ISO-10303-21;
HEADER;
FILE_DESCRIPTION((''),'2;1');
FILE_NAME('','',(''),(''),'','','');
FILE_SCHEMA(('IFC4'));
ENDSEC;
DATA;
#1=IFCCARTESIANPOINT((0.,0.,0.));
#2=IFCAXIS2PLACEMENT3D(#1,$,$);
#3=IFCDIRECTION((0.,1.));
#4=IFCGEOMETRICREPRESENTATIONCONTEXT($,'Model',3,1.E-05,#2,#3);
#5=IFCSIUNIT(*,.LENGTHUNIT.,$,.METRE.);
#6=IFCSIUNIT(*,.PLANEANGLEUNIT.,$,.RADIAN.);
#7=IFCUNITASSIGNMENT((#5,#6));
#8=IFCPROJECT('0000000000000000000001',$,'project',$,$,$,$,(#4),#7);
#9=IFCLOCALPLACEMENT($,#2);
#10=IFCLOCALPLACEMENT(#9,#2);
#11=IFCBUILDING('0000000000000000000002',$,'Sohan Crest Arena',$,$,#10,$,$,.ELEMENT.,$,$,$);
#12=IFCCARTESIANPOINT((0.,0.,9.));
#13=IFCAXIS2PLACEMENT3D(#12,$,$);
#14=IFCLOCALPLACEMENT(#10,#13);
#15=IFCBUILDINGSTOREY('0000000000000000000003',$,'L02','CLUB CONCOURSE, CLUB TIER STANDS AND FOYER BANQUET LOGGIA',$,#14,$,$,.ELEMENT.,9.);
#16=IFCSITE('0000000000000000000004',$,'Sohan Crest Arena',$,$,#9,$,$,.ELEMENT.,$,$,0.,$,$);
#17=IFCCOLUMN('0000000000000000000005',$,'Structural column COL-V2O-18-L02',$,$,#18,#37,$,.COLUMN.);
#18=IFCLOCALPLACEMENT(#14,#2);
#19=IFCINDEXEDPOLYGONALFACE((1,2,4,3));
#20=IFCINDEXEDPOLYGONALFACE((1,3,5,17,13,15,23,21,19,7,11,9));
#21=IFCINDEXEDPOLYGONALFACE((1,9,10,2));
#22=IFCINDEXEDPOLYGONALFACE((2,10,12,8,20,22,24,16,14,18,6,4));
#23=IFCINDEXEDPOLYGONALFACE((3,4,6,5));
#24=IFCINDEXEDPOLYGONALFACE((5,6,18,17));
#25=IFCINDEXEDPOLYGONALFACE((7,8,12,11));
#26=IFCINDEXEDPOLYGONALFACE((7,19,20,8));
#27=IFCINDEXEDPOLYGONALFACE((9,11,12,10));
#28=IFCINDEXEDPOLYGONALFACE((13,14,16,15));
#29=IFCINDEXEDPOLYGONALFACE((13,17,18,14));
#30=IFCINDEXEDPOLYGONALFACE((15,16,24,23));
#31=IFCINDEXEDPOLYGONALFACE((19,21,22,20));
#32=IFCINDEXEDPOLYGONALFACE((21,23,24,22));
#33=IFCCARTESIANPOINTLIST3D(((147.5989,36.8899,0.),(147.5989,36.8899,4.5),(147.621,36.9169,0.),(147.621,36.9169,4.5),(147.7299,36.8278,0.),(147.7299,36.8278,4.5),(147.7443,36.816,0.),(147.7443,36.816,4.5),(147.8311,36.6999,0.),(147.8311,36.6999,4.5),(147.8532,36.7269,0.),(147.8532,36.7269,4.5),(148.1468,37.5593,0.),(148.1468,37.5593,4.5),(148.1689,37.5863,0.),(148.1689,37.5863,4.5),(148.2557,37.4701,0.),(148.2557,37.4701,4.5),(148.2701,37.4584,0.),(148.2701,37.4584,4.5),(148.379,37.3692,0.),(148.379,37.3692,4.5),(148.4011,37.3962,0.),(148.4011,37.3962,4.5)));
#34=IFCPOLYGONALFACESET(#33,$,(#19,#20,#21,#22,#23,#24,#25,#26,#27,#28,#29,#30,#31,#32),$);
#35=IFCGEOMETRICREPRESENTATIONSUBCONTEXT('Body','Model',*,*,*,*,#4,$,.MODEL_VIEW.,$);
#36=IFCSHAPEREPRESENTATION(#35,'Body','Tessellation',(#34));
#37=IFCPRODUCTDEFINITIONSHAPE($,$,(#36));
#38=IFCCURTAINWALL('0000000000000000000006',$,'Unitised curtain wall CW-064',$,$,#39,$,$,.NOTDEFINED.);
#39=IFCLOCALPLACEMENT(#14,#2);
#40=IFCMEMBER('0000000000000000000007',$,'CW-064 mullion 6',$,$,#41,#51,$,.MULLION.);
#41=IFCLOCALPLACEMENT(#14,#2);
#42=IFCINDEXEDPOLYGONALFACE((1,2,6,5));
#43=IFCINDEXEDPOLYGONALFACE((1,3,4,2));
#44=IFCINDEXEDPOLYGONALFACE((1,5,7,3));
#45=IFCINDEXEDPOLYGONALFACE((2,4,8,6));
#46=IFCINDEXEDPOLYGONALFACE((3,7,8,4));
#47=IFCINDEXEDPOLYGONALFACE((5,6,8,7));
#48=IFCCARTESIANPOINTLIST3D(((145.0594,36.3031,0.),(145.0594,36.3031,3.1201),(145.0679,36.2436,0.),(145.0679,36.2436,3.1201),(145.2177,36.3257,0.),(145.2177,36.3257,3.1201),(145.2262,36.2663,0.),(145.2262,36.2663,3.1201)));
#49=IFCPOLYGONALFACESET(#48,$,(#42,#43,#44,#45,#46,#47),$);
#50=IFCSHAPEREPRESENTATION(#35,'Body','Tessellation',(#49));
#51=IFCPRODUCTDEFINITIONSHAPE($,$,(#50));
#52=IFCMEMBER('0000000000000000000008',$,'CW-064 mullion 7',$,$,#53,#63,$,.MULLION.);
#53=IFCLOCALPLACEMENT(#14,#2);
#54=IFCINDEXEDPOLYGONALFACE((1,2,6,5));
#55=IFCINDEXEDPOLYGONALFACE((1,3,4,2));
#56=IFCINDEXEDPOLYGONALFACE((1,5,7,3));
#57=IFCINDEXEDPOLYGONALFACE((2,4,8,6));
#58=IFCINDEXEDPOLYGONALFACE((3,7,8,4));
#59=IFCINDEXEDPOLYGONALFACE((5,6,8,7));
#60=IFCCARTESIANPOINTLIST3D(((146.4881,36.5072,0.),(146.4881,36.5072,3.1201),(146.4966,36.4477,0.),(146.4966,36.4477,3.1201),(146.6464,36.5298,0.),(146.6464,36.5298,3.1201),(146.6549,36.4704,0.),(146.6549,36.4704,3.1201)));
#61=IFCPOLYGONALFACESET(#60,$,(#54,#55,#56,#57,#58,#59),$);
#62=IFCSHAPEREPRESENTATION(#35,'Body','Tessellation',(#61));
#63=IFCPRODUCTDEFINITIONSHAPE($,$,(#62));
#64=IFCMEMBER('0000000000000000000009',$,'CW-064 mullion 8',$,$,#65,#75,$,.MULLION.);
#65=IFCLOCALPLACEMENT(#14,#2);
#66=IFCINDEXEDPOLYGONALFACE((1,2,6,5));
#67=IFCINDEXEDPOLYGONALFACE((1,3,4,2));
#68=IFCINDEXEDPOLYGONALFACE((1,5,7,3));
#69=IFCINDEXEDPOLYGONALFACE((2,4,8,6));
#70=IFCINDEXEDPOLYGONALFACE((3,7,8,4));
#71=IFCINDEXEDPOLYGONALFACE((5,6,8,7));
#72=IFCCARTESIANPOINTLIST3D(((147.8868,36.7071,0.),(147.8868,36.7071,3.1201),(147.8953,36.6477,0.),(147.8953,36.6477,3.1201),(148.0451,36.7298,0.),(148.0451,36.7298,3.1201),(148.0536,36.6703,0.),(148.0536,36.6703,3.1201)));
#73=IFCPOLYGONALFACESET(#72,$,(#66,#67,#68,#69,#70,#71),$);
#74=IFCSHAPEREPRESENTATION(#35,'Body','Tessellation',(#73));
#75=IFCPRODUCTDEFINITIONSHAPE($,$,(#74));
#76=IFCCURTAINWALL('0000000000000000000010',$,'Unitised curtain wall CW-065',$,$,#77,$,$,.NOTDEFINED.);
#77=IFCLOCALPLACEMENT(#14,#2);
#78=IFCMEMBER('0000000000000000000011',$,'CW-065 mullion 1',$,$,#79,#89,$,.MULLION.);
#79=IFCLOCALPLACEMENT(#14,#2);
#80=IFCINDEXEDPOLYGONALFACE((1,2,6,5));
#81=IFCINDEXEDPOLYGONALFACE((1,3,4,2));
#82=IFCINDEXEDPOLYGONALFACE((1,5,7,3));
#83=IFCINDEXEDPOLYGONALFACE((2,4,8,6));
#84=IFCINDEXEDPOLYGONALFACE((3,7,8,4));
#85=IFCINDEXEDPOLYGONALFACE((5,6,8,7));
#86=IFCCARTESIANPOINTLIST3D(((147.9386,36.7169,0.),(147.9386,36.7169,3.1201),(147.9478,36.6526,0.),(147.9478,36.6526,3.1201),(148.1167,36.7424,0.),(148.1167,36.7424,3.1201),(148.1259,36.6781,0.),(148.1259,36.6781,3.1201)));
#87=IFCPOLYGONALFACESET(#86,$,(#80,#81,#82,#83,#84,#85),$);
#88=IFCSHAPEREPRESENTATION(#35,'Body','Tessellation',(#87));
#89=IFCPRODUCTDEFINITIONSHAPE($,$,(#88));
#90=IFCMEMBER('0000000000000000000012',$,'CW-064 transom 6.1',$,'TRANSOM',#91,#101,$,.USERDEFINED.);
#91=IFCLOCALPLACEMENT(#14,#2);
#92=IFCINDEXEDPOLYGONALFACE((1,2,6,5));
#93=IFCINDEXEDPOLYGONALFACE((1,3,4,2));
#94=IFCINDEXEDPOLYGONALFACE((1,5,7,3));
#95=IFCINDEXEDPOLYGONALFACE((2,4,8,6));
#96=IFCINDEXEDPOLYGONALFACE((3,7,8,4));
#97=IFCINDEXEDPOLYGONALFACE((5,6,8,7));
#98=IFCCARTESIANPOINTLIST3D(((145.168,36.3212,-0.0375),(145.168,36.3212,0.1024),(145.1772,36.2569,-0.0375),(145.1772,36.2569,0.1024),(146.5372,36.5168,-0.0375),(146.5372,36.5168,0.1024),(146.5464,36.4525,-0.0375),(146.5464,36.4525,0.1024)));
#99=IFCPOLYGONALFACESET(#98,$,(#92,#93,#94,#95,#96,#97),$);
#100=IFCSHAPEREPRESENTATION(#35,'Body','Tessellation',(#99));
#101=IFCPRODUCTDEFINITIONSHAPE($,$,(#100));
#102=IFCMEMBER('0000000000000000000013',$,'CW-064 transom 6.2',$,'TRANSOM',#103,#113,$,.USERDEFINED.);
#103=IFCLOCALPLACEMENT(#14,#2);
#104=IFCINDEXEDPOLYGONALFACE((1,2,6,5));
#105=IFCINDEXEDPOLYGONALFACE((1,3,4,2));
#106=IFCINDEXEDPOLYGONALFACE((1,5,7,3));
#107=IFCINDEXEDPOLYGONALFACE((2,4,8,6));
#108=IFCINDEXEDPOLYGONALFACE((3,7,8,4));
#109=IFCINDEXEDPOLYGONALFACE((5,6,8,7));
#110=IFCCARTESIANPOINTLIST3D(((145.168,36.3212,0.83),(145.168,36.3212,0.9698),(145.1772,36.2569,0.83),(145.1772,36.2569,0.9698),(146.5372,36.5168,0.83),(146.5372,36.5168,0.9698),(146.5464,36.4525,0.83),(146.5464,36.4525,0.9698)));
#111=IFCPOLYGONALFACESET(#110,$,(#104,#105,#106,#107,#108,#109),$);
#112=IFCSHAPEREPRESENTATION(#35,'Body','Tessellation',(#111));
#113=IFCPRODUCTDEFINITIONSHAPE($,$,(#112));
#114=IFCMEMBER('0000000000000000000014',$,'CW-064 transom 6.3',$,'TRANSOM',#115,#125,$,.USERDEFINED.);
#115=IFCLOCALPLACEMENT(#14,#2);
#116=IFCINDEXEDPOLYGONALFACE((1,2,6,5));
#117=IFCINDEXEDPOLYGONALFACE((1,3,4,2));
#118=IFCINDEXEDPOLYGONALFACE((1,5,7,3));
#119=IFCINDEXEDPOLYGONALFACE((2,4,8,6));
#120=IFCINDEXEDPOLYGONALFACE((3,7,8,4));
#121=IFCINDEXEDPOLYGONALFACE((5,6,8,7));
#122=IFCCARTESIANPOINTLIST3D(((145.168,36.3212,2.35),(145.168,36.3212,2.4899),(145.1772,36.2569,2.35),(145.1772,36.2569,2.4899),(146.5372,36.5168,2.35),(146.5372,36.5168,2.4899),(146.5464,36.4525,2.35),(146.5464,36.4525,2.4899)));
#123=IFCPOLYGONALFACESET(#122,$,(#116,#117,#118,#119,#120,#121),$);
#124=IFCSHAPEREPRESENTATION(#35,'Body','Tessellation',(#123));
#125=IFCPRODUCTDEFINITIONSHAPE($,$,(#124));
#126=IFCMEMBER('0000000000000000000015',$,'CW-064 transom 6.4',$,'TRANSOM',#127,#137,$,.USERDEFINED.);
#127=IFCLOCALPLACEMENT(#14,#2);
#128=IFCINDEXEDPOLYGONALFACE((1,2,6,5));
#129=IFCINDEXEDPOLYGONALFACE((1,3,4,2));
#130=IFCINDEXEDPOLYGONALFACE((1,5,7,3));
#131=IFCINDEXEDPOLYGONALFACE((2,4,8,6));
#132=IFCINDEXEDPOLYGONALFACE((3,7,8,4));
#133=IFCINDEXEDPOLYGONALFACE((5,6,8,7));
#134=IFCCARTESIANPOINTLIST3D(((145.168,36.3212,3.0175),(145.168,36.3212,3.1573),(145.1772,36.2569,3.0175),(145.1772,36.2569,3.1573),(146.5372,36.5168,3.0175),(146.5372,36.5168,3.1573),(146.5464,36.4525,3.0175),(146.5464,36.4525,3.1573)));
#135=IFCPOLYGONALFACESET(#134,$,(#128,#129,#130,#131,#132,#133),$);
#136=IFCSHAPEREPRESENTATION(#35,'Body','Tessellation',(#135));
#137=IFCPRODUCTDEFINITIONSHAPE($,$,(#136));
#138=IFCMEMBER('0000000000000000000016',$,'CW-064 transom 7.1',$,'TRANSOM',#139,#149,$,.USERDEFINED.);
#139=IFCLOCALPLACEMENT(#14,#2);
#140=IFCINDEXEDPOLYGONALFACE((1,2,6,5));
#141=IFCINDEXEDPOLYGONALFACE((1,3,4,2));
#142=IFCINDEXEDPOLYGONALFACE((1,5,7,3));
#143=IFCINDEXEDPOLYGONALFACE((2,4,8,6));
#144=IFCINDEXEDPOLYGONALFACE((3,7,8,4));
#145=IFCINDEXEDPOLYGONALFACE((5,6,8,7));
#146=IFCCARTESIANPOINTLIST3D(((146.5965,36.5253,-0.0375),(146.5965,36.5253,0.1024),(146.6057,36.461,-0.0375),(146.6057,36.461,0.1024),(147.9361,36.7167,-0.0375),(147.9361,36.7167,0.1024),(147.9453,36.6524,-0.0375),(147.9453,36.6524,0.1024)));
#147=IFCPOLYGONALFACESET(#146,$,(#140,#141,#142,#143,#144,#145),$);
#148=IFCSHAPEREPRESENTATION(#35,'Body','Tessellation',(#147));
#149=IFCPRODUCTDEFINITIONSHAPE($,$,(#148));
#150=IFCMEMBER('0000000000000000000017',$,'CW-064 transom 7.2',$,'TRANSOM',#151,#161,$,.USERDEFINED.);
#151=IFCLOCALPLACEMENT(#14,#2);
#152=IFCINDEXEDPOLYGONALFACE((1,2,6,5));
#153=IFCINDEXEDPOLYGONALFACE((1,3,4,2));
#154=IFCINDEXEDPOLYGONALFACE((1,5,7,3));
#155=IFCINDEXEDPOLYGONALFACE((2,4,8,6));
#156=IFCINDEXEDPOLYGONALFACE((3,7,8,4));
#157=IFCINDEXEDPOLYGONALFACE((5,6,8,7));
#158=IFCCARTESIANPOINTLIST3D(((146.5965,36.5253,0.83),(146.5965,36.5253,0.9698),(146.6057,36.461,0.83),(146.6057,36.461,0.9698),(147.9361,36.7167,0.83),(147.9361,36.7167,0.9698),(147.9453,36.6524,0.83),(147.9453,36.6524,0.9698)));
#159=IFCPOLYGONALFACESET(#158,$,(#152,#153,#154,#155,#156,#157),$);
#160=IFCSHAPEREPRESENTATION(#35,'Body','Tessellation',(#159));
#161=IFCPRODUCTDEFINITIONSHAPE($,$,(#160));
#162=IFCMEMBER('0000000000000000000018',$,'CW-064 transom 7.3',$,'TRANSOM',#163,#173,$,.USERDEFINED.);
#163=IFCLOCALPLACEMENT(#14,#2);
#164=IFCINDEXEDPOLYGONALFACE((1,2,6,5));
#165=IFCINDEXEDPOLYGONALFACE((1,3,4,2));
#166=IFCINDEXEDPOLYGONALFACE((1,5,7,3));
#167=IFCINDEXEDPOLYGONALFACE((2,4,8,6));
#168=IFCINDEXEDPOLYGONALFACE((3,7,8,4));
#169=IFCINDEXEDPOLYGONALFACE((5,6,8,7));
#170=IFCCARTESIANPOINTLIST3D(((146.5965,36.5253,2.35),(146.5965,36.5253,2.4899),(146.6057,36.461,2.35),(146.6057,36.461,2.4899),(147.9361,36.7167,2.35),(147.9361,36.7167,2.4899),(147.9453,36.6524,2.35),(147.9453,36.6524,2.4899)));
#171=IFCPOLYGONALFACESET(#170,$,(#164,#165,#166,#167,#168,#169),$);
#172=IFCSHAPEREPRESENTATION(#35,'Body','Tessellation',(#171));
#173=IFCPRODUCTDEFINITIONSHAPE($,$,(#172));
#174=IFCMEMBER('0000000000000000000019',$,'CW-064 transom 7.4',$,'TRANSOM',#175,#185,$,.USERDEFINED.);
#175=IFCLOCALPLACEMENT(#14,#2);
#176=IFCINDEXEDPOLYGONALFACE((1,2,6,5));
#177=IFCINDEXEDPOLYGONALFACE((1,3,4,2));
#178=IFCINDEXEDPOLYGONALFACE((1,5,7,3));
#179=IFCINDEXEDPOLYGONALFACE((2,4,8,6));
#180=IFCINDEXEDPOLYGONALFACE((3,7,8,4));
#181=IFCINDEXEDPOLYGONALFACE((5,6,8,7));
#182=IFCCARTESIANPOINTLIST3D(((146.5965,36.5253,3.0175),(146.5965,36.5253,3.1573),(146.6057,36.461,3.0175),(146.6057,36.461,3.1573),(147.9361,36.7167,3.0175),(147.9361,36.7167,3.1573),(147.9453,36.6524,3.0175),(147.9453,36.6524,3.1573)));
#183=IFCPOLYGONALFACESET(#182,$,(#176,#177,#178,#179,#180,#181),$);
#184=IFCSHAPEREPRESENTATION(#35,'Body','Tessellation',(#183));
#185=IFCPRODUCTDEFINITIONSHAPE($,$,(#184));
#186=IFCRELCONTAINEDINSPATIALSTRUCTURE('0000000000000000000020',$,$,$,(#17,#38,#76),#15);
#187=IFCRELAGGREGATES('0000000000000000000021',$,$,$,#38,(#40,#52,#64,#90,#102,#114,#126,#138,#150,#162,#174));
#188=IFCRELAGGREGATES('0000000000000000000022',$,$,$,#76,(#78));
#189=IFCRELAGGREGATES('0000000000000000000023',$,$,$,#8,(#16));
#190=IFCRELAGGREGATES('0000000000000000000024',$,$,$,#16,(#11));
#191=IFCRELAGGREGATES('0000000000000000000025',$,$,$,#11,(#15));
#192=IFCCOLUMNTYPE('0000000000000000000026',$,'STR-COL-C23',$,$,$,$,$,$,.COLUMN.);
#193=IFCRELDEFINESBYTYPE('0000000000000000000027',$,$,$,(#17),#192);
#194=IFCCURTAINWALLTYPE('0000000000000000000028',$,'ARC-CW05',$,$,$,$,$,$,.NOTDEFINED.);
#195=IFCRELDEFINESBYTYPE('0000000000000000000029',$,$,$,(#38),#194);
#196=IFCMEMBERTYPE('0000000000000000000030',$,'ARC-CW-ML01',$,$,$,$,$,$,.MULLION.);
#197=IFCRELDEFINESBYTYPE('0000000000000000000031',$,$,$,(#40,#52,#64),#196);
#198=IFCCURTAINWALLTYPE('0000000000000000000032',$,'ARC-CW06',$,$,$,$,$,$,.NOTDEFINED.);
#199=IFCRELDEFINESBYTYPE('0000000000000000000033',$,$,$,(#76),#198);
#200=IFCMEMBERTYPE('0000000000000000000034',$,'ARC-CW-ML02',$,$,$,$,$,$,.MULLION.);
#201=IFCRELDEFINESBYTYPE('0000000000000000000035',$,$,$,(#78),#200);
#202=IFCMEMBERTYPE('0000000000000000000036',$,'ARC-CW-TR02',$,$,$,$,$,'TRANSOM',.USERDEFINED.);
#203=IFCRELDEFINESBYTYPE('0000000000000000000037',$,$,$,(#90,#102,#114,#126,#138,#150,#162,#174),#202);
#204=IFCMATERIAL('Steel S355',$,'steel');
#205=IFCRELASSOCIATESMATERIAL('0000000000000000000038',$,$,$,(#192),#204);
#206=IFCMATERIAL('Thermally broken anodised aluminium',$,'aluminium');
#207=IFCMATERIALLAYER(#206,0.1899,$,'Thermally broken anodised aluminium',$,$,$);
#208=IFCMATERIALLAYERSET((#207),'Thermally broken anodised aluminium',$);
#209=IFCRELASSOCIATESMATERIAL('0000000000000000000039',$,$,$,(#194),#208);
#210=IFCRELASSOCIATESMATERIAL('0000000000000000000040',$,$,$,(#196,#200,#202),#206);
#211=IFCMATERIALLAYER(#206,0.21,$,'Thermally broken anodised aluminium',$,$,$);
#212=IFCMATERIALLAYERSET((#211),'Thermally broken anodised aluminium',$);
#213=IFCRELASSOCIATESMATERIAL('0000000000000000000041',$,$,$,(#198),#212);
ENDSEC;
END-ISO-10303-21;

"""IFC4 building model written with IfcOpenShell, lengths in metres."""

from ifc_helpers import new_model, si_unit, direction, frame, origin, origin_2d, place, context, subcontext, project, spatial, rectangle, i_section, extrude, material, layer, layer_set, material_profile, profile_set, type_object, element, aggregate, save


model = new_model("IFC4")

# Units and contexts
model_context = context("Model", 3, precision=1e-05, world=origin(), true_north=direction((0.0, 1.0)))
body_context = subcontext(model_context, "Body", "Model", "MODEL_VIEW")
ifc_project = project(units=[si_unit("LENGTHUNIT", "METRE"), si_unit("PLANEANGLEUNIT", "RADIAN")], contexts=[model_context])

# Site, building, storey
site_placement = place(None, origin())
site = spatial("IfcSite", under=ifc_project, at=site_placement, Name="Sohan Crest Arena", CompositionType="ELEMENT", RefElevation=0.0)
building_placement = place(site_placement, origin())
building = spatial("IfcBuilding", under=site, at=building_placement, Name="Sohan Crest Arena", CompositionType="ELEMENT")
storey_placement = place(building_placement, frame((0.0, 0.0, 9.0)))
storey = spatial("IfcBuildingStorey", under=building, at=storey_placement, Name="L02", Description="CLUB CONCOURSE, CLUB TIER STANDS AND FOYER BANQUET LOGGIA", CompositionType="ELEMENT", Elevation=9.0)

# Column
ifc_material_1 = material(Name="Steel S355", Category="steel")
ifc_material_profile_1 = material_profile(ifc_material_1, i_section(OverallWidth=0.3, OverallDepth=0.8999, WebThickness=0.0186, FlangeThickness=0.0349, at=origin_2d()), Name="HEB 900")
ifc_profile_set_1 = profile_set([ifc_material_profile_1], Name="Steel S355")
column_type = type_object("IfcColumnType", Name="STR-COL-C23", PredefinedType="COLUMN", material=ifc_profile_set_1)
column_placement = place(storey_placement, frame((148.0, 37.1431, 0.0), z_axis=(0.0, 0.0, 1.0), x_axis=(-0.77384, 0.633381, 0.0)))
element("IfcColumn", 1, at=column_placement, inside=storey, type_object=column_type, Name="Structural column COL-V2O-18-L02", PredefinedType="COLUMN", context=body_context, shape_type="SweptSolid", body=[
    extrude(i_section(OverallWidth=0.3, OverallDepth=0.8999, WebThickness=0.0186, FlangeThickness=0.0349, at=origin_2d()), origin(), (0.0, 0.0, 1.0), 4.5),
])

# Curtain wall, members
ifc_material_2 = material(Name="Thermally broken anodised aluminium", Category="aluminium")
ifc_layer_1 = layer(ifc_material_2, 0.1899, Name="Thermally broken anodised aluminium")
ifc_layer_set_1 = layer_set([ifc_layer_1], Name="Thermally broken anodised aluminium")
curtain_wall_type_1 = type_object("IfcCurtainWallType", Name="ARC-CW05", PredefinedType="NOTDEFINED", material=ifc_layer_set_1)
curtain_wall_1_placement = place(storey_placement, origin())
curtain_wall_1 = element("IfcCurtainWall", 2, at=curtain_wall_1_placement, inside=storey, type_object=curtain_wall_type_1, Name="Unitised curtain wall CW-064", PredefinedType="NOTDEFINED")
ifc_material_profile_2 = material_profile(ifc_material_2, rectangle(XDim=0.0601, YDim=0.1599, at=origin_2d()), Name="ALU-MULL 60x160")
ifc_profile_set_2 = profile_set([ifc_material_profile_2], Name="Thermally broken anodised aluminium")
member_type_1 = type_object("IfcMemberType", Name="ARC-CW-ML01", PredefinedType="MULLION", material=ifc_profile_set_2)
member_1_placement = place(storey_placement, frame((145.1428, 36.2847, 0.0), z_axis=(0.0, 0.0, 1.0), x_axis=(-0.141463, 0.989944, 0.0)))
member_1 = element("IfcMember", 3, at=member_1_placement, type_object=member_type_1, Name="CW-064 mullion 6", PredefinedType="MULLION", context=body_context, shape_type="SweptSolid", body=[
    extrude(rectangle(XDim=0.0601, YDim=0.1599, at=origin_2d()), origin(), (0.0, 0.0, 1.0), 3.1201),
])
member_2_placement = place(storey_placement, frame((146.5715, 36.4888, 0.0), z_axis=(0.0, 0.0, 1.0), x_axis=(-0.141463, 0.989944, 0.0)))
member_2 = element("IfcMember", 4, at=member_2_placement, type_object=member_type_1, Name="CW-064 mullion 7", PredefinedType="MULLION", context=body_context, shape_type="SweptSolid", body=[
    extrude(rectangle(XDim=0.0601, YDim=0.1599, at=origin_2d()), origin(), (0.0, 0.0, 1.0), 3.1201),
])
member_3_placement = place(storey_placement, frame((147.9702, 36.6887, 0.0), z_axis=(0.0, 0.0, 1.0), x_axis=(-0.141463, 0.989944, 0.0)))
member_3 = element("IfcMember", 5, at=member_3_placement, type_object=member_type_1, Name="CW-064 mullion 8", PredefinedType="MULLION", context=body_context, shape_type="SweptSolid", body=[
    extrude(rectangle(XDim=0.0601, YDim=0.1599, at=origin_2d()), origin(), (0.0, 0.0, 1.0), 3.1201),
])

# Curtain wall, member
ifc_layer_2 = layer(ifc_material_2, 0.21, Name="Thermally broken anodised aluminium")
ifc_layer_set_2 = layer_set([ifc_layer_2], Name="Thermally broken anodised aluminium")
curtain_wall_type_2 = type_object("IfcCurtainWallType", Name="ARC-CW06", PredefinedType="NOTDEFINED", material=ifc_layer_set_2)
curtain_wall_2_placement = place(storey_placement, origin())
curtain_wall_2 = element("IfcCurtainWall", 6, at=curtain_wall_2_placement, inside=storey, type_object=curtain_wall_type_2, Name="Unitised curtain wall CW-065", PredefinedType="NOTDEFINED")
ifc_material_profile_3 = material_profile(ifc_material_2, rectangle(XDim=0.0649, YDim=0.1799, at=origin_2d()), Name="ALU-MULL 65x180")
ifc_profile_set_3 = profile_set([ifc_material_profile_3], Name="Thermally broken anodised aluminium")
member_type_2 = type_object("IfcMemberType", Name="ARC-CW-ML02", PredefinedType="MULLION", material=ifc_profile_set_3)
member_4_placement = place(storey_placement, frame((148.0322, 36.6975, 0.0), z_axis=(0.0, 0.0, 1.0), x_axis=(-0.141366, 0.989957, 0.0)))
member_4 = element("IfcMember", 7, at=member_4_placement, type_object=member_type_2, Name="CW-065 mullion 1", PredefinedType="MULLION", context=body_context, shape_type="SweptSolid", body=[
    extrude(rectangle(XDim=0.0649, YDim=0.1799, at=origin_2d()), origin(), (0.0, 0.0, 1.0), 3.1201),
])

# Members
ifc_material_profile_4 = material_profile(ifc_material_2, rectangle(XDim=0.0649, YDim=0.1399, at=origin_2d()), Name="ALU-TRAN 65x140")
ifc_profile_set_4 = profile_set([ifc_material_profile_4], Name="Thermally broken anodised aluminium")
member_type_3 = type_object("IfcMemberType", Name="ARC-CW-TR02", ElementType="TRANSOM", PredefinedType="USERDEFINED", material=ifc_profile_set_4)
member_5_placement = place(storey_placement, frame((145.1726, 36.2891, 0.0325), z_axis=(0.989953, 0.141397, 0.0), x_axis=(-0.141397, 0.989953, 0.0)))
member_5 = element("IfcMember", 8, at=member_5_placement, type_object=member_type_3, Name="CW-064 transom 6.1", ObjectType="TRANSOM", PredefinedType="USERDEFINED", context=body_context, shape_type="SweptSolid", body=[
    extrude(rectangle(XDim=0.0649, YDim=0.1399, at=origin_2d()), origin(), (0.0, 0.0, 1.0), 1.3831),
])
member_6_placement = place(storey_placement, frame((145.1726, 36.2891, 0.8999), z_axis=(0.989953, 0.141397, 0.0), x_axis=(-0.141397, 0.989953, 0.0)))
member_6 = element("IfcMember", 9, at=member_6_placement, type_object=member_type_3, Name="CW-064 transom 6.2", ObjectType="TRANSOM", PredefinedType="USERDEFINED", context=body_context, shape_type="SweptSolid", body=[
    extrude(rectangle(XDim=0.0649, YDim=0.1399, at=origin_2d()), origin(), (0.0, 0.0, 1.0), 1.3831),
])
member_7_placement = place(storey_placement, frame((145.1726, 36.2891, 2.4199), z_axis=(0.989953, 0.141397, 0.0), x_axis=(-0.141397, 0.989953, 0.0)))
member_7 = element("IfcMember", 10, at=member_7_placement, type_object=member_type_3, Name="CW-064 transom 6.3", ObjectType="TRANSOM", PredefinedType="USERDEFINED", context=body_context, shape_type="SweptSolid", body=[
    extrude(rectangle(XDim=0.0649, YDim=0.1399, at=origin_2d()), origin(), (0.0, 0.0, 1.0), 1.3831),
])
member_8_placement = place(storey_placement, frame((145.1726, 36.2891, 3.0874), z_axis=(0.989953, 0.141397, 0.0), x_axis=(-0.141397, 0.989953, 0.0)))
member_8 = element("IfcMember", 11, at=member_8_placement, type_object=member_type_3, Name="CW-064 transom 6.4", ObjectType="TRANSOM", PredefinedType="USERDEFINED", context=body_context, shape_type="SweptSolid", body=[
    extrude(rectangle(XDim=0.0649, YDim=0.1399, at=origin_2d()), origin(), (0.0, 0.0, 1.0), 1.3831),
])
member_9_placement = place(storey_placement, frame((146.6011, 36.4932, 0.0325), z_axis=(0.989946, 0.141447, 0.0), x_axis=(-0.141447, 0.989946, 0.0)))
member_9 = element("IfcMember", 12, at=member_9_placement, type_object=member_type_3, Name="CW-064 transom 7.1", ObjectType="TRANSOM", PredefinedType="USERDEFINED", context=body_context, shape_type="SweptSolid", body=[
    extrude(rectangle(XDim=0.0649, YDim=0.1399, at=origin_2d()), origin(), (0.0, 0.0, 1.0), 1.3533),
])
member_10_placement = place(storey_placement, frame((146.6011, 36.4932, 0.8999), z_axis=(0.989946, 0.141447, 0.0), x_axis=(-0.141447, 0.989946, 0.0)))
member_10 = element("IfcMember", 13, at=member_10_placement, type_object=member_type_3, Name="CW-064 transom 7.2", ObjectType="TRANSOM", PredefinedType="USERDEFINED", context=body_context, shape_type="SweptSolid", body=[
    extrude(rectangle(XDim=0.0649, YDim=0.1399, at=origin_2d()), origin(), (0.0, 0.0, 1.0), 1.3533),
])
member_11_placement = place(storey_placement, frame((146.6011, 36.4932, 2.4199), z_axis=(0.989946, 0.141447, 0.0), x_axis=(-0.141447, 0.989946, 0.0)))
member_11 = element("IfcMember", 14, at=member_11_placement, type_object=member_type_3, Name="CW-064 transom 7.3", ObjectType="TRANSOM", PredefinedType="USERDEFINED", context=body_context, shape_type="SweptSolid", body=[
    extrude(rectangle(XDim=0.0649, YDim=0.1399, at=origin_2d()), origin(), (0.0, 0.0, 1.0), 1.3533),
])
member_12_placement = place(storey_placement, frame((146.6011, 36.4932, 3.0874), z_axis=(0.989946, 0.141447, 0.0), x_axis=(-0.141447, 0.989946, 0.0)))
member_12 = element("IfcMember", 15, at=member_12_placement, type_object=member_type_3, Name="CW-064 transom 7.4", ObjectType="TRANSOM", PredefinedType="USERDEFINED", context=body_context, shape_type="SweptSolid", body=[
    extrude(rectangle(XDim=0.0649, YDim=0.1399, at=origin_2d()), origin(), (0.0, 0.0, 1.0), 1.3533),
])

aggregate(curtain_wall_1, [member_1, member_2, member_3, member_5, member_6, member_7, member_8, member_9, member_10, member_11, member_12])
aggregate(curtain_wall_2, [member_4])

save(model, "model.ifc")
